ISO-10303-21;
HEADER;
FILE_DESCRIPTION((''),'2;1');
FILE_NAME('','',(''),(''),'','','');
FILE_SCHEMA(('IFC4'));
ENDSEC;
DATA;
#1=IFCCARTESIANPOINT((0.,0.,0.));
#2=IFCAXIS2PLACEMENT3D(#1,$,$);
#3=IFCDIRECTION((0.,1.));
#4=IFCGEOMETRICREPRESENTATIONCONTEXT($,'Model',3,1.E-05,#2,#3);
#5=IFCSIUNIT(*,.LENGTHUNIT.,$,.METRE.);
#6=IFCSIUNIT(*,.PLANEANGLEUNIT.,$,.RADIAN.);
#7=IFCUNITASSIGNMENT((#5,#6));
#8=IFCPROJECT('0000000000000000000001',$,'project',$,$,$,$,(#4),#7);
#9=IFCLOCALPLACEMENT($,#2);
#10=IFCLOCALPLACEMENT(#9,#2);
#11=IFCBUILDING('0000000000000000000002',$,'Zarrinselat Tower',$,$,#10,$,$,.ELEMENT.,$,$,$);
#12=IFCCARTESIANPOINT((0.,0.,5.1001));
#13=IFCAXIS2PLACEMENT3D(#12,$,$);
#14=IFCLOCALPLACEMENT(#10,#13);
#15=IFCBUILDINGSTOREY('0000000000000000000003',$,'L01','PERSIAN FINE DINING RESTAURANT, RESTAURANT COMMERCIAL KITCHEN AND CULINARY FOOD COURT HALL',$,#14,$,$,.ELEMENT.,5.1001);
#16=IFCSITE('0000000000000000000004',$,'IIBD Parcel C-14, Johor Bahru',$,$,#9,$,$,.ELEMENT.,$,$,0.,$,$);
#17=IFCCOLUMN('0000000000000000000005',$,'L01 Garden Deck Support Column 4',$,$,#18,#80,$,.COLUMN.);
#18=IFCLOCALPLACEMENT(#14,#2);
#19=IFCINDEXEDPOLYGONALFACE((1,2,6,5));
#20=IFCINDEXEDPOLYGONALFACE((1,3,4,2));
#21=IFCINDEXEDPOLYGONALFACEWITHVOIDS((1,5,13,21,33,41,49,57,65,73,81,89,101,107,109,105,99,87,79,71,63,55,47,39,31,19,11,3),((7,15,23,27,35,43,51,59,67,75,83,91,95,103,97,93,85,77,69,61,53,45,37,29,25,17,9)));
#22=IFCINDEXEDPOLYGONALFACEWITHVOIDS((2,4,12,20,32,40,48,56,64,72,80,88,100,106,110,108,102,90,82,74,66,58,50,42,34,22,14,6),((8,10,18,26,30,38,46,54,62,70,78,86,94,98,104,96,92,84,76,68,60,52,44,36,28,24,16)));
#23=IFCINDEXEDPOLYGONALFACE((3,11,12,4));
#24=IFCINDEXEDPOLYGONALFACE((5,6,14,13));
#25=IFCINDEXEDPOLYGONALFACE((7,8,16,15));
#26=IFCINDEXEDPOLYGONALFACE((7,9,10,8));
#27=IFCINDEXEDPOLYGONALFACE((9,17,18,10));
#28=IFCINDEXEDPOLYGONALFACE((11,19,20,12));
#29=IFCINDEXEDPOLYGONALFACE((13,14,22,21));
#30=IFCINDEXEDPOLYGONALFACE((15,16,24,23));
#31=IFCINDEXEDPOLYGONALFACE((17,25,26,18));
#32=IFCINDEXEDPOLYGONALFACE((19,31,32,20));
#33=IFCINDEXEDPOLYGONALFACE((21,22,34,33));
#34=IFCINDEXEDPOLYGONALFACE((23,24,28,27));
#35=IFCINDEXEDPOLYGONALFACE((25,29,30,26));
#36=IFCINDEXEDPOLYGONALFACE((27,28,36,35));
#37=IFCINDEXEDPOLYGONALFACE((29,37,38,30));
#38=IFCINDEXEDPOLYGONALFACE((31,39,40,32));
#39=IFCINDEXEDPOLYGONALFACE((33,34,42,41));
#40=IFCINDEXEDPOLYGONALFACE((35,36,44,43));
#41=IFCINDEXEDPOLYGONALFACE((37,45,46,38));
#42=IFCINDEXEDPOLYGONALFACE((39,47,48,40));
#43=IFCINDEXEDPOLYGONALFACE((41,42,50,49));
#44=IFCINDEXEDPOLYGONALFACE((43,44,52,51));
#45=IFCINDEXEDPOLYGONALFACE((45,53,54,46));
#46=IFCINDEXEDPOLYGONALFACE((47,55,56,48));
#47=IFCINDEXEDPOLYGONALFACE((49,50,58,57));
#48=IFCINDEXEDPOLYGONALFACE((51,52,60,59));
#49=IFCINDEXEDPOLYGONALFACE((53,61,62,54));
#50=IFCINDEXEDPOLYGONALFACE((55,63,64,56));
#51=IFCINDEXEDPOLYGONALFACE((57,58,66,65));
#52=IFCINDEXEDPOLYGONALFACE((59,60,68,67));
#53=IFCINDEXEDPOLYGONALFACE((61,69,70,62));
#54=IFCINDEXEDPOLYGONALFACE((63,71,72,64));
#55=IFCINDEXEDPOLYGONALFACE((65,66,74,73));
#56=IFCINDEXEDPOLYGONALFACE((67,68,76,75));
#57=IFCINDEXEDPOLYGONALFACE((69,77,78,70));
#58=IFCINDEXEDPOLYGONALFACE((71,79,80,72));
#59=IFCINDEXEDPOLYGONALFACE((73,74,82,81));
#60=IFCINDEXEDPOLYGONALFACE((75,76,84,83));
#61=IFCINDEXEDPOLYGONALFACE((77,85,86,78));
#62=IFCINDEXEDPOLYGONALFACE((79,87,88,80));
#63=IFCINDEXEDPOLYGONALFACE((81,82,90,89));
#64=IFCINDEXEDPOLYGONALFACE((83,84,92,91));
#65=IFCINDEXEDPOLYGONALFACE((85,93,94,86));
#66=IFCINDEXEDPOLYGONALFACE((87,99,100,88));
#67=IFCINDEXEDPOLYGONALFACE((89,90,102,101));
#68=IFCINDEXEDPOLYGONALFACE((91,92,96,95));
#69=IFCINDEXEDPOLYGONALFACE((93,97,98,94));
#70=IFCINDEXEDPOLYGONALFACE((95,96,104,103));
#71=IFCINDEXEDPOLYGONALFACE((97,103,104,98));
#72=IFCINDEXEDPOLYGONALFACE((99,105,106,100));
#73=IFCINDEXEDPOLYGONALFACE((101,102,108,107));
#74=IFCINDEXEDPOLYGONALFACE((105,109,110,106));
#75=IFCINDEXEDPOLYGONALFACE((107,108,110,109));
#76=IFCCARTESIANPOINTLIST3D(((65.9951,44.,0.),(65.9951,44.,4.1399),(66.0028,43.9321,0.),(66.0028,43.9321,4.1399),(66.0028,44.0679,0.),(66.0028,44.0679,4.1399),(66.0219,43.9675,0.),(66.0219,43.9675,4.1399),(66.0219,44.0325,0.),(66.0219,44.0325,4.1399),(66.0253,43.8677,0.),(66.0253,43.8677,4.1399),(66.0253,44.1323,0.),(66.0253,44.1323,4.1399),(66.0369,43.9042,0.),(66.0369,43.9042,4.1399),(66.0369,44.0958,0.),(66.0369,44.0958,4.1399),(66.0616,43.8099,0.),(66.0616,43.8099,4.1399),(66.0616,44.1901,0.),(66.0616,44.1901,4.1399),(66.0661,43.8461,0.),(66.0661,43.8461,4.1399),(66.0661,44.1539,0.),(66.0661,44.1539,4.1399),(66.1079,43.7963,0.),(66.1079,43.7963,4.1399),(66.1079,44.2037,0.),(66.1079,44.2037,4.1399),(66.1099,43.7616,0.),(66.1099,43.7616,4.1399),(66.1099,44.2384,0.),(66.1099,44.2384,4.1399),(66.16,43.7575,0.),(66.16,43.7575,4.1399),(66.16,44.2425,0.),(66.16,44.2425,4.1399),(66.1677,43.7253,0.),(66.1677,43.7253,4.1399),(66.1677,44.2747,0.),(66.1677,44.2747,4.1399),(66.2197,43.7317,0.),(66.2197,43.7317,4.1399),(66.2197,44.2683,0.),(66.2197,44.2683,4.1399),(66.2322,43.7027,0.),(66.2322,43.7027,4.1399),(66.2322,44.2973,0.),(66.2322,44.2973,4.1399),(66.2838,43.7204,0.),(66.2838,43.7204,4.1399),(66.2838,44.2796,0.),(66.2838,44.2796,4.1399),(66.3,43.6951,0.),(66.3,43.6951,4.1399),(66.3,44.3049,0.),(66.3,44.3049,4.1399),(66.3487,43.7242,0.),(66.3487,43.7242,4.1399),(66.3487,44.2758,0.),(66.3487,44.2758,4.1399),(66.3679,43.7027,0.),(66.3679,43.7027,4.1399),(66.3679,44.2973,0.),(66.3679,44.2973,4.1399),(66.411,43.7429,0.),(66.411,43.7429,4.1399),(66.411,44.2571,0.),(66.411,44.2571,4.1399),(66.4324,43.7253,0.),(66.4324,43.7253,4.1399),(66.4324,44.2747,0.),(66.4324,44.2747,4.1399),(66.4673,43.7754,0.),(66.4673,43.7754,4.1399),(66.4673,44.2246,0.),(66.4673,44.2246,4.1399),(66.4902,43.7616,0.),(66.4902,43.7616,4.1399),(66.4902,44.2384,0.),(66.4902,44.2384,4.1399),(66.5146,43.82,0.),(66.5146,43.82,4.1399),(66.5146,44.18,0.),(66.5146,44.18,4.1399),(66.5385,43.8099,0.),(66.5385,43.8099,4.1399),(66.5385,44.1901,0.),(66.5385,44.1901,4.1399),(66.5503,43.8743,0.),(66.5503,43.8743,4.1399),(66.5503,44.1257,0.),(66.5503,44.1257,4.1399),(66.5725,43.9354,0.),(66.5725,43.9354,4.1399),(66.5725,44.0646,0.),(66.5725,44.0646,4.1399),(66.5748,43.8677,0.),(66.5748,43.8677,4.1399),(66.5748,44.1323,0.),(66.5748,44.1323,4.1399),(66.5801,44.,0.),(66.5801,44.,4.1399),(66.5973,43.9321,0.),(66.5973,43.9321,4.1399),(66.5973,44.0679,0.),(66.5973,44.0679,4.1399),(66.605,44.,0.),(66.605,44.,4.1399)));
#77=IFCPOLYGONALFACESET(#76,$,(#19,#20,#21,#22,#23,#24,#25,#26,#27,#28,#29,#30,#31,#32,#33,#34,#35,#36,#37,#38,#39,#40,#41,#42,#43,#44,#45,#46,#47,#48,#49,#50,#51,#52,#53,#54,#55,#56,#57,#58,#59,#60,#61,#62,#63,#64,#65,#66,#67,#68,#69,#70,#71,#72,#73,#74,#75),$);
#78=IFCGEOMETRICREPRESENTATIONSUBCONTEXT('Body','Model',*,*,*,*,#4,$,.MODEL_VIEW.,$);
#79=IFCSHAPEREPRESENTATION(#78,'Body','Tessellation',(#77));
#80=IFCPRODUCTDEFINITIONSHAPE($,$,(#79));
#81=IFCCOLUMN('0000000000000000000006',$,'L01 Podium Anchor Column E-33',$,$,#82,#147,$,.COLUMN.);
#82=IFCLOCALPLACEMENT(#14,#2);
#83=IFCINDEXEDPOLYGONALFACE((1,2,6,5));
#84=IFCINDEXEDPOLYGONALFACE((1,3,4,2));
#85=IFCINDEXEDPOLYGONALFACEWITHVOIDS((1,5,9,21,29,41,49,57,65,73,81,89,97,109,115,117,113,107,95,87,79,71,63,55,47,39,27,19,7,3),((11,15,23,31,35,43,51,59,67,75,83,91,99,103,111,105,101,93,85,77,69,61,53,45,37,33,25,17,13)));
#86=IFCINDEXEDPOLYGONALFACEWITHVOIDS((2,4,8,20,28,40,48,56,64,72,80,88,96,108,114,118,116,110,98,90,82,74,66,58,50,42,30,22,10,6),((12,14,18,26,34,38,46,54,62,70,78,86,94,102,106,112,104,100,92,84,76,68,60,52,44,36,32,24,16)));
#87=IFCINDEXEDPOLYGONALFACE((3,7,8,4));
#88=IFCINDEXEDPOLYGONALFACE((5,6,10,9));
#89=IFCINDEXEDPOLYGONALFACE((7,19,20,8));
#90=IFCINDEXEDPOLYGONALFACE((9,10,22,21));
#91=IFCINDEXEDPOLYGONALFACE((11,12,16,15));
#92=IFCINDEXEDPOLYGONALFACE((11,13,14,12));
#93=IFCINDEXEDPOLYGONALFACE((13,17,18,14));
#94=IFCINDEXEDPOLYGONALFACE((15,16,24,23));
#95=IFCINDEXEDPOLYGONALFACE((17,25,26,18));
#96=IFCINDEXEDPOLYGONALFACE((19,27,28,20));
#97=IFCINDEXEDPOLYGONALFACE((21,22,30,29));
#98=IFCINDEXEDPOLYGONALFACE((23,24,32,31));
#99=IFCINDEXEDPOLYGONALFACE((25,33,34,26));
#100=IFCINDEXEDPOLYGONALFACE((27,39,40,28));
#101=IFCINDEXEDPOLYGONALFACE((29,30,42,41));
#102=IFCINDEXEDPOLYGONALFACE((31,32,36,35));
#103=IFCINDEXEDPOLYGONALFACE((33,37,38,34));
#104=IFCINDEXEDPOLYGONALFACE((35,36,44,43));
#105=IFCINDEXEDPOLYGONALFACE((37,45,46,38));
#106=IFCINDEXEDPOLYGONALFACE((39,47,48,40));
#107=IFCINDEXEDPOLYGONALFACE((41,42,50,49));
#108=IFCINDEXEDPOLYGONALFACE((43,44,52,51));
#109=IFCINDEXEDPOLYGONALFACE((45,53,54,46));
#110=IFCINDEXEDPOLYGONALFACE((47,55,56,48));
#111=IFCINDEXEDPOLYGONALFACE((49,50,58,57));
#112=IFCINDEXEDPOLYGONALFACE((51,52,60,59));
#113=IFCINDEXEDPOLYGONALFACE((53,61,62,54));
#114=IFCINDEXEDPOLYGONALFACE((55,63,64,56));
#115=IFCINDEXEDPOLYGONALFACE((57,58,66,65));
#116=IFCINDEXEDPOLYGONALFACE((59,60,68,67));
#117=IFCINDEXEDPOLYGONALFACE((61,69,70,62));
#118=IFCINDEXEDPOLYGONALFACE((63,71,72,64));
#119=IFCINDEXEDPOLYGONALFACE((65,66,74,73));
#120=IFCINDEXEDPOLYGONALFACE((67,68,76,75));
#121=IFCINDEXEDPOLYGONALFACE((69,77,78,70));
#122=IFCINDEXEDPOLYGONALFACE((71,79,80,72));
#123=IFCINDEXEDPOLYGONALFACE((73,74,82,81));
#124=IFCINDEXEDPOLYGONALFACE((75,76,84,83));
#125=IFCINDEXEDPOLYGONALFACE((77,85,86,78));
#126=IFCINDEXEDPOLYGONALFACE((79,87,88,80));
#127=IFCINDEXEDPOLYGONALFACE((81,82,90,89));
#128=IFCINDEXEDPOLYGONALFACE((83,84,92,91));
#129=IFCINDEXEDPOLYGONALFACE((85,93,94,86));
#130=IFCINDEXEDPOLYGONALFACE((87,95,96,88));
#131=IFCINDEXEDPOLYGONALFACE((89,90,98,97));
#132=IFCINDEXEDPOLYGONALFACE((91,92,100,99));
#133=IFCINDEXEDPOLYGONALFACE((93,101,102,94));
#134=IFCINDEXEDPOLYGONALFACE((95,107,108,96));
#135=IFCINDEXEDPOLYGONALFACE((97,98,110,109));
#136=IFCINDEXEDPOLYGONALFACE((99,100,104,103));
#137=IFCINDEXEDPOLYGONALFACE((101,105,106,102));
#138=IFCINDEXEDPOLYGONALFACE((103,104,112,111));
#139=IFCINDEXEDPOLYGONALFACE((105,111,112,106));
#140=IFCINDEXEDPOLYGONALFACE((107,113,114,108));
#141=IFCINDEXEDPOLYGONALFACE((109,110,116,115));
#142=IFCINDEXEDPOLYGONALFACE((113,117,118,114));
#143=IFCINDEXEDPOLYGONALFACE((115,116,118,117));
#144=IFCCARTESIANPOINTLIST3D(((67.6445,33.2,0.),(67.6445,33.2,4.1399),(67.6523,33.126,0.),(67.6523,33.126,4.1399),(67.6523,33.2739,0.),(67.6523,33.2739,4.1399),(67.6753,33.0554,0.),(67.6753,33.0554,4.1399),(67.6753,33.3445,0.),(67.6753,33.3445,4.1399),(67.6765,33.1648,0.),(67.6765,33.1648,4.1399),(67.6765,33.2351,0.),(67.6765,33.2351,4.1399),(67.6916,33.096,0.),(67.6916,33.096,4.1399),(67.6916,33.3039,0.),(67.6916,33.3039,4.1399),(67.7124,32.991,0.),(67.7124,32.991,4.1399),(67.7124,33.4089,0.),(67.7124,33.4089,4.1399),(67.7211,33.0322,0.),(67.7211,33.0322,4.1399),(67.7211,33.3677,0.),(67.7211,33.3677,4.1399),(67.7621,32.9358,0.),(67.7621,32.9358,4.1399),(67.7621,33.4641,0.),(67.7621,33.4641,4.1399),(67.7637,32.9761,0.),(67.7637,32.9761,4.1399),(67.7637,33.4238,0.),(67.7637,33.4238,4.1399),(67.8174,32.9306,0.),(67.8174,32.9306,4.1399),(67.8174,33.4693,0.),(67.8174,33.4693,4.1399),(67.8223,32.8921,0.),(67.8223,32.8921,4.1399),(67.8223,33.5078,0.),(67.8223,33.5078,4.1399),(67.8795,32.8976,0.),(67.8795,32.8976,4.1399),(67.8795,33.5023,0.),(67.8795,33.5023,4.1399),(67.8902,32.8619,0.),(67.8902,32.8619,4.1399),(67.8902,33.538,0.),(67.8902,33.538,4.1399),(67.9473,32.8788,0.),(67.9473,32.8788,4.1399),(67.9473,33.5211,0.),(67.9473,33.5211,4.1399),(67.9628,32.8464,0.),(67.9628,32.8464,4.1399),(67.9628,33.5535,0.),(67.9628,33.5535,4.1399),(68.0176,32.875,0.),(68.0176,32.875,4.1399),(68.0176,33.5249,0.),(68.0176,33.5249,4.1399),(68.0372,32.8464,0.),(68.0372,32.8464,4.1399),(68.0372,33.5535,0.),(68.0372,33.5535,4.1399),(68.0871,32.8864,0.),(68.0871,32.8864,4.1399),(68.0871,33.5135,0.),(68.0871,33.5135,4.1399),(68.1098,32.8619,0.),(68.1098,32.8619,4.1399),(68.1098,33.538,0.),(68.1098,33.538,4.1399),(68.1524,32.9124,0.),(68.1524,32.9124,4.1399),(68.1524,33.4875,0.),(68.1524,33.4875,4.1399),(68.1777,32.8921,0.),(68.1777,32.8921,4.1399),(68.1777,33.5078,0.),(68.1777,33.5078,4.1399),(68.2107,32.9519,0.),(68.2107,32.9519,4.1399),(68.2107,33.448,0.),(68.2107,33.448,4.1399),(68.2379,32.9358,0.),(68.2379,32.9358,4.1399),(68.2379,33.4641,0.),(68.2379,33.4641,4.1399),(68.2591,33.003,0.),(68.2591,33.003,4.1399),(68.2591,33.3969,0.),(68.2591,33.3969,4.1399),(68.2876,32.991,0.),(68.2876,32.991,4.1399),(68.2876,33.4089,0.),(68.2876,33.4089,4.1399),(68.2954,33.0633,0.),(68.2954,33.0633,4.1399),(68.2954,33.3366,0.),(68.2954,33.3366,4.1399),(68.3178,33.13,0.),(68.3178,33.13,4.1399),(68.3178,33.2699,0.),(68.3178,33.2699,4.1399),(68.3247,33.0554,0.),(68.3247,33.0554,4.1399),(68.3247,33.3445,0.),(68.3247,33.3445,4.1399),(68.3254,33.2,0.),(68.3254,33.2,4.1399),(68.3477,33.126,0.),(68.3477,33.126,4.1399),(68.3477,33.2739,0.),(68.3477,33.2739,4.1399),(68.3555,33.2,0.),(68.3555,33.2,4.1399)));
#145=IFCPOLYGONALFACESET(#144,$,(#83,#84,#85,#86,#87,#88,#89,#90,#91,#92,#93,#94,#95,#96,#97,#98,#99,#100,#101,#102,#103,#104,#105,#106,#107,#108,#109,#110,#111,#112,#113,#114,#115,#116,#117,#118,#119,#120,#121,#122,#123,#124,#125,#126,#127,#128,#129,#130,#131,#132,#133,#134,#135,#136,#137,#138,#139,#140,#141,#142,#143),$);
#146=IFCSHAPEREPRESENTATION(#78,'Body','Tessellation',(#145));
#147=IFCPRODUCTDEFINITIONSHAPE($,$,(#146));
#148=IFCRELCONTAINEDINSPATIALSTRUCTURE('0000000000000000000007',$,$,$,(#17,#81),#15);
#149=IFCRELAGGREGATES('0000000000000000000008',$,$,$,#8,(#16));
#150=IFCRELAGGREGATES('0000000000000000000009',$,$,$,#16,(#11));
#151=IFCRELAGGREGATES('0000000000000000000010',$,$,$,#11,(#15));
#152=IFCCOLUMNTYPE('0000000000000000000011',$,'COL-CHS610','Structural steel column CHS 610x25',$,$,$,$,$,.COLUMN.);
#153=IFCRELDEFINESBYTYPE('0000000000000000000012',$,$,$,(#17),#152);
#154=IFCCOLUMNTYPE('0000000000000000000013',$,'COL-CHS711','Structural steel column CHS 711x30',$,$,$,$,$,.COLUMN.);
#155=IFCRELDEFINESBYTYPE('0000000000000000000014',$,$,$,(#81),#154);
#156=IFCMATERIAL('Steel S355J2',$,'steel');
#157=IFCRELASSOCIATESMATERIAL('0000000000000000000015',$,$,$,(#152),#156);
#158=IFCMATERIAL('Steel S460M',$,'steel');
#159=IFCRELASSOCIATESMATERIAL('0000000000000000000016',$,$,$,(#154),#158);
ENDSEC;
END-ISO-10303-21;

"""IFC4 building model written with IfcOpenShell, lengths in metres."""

from ifc_helpers import new_model, si_unit, direction, frame, origin, origin_2d, place, context, subcontext, project, spatial, hollow_circle, extrude, material, material_profile, profile_set, type_object, element, save


model = new_model("IFC4")

# Units and contexts
model_context = context("Model", 3, precision=1e-05, world=origin(), true_north=direction((0.0, 1.0)))
body_context = subcontext(model_context, "Body", "Model", "MODEL_VIEW")
ifc_project = project(units=[si_unit("LENGTHUNIT", "METRE"), si_unit("PLANEANGLEUNIT", "RADIAN")], contexts=[model_context])

# Site, building, storey
site_placement = place(None, origin())
site = spatial("IfcSite", under=ifc_project, at=site_placement, Name="IIBD Parcel C-14, Johor Bahru", CompositionType="ELEMENT", RefElevation=0.0)
building_placement = place(site_placement, origin())
building = spatial("IfcBuilding", under=site, at=building_placement, Name="Zarrinselat Tower", CompositionType="ELEMENT")
storey_placement = place(building_placement, frame((0.0, 0.0, 5.1001)))
storey = spatial("IfcBuildingStorey", under=building, at=storey_placement, Name="L01", Description="PERSIAN FINE DINING RESTAURANT, RESTAURANT COMMERCIAL KITCHEN AND CULINARY FOOD COURT HALL", CompositionType="ELEMENT", Elevation=5.1001)

# Columns
ifc_material_1 = material(Name="Steel S355J2", Category="steel")
ifc_material_profile_1 = material_profile(ifc_material_1, hollow_circle(Radius=0.3049, WallThickness=0.0249, at=origin_2d()), Name="CHS 610x25")
ifc_profile_set_1 = profile_set([ifc_material_profile_1], Name="Steel S355J2")
column_type_1 = type_object("IfcColumnType", Name="COL-CHS610", Description="Structural steel column CHS 610x25", PredefinedType="COLUMN", material=ifc_profile_set_1)
column_1_placement = place(storey_placement, frame((66.3, 44.0, 0.0), z_axis=(0.0, 0.0, 1.0), x_axis=(1.0, 0.0, 0.0)))
element("IfcColumn", 1, at=column_1_placement, inside=storey, type_object=column_type_1, Name="L01 Garden Deck Support Column 4", PredefinedType="COLUMN", context=body_context, shape_type="SweptSolid", body=[
    extrude(hollow_circle(Radius=0.3049, WallThickness=0.0249, at=origin_2d()), origin(), (0.0, 0.0, 1.0), 4.1399),
])
ifc_material_2 = material(Name="Steel S460M", Category="steel")
ifc_material_profile_2 = material_profile(ifc_material_2, hollow_circle(Radius=0.3555, WallThickness=0.03, at=origin_2d()), Name="CHS 711x30")
ifc_profile_set_2 = profile_set([ifc_material_profile_2], Name="Steel S460M")
column_type_2 = type_object("IfcColumnType", Name="COL-CHS711", Description="Structural steel column CHS 711x30", PredefinedType="COLUMN", material=ifc_profile_set_2)
for number, where, z_axis, x_axis, name in (
    (2, (68.0, 33.2, 0.0), (0.0, 0.0, 1.0), (1.0, 0.0, 0.0), "L01 Podium Anchor Column E-33"),
):
    element("IfcColumn", number, at=place(storey_placement, frame(where, z_axis=z_axis, x_axis=x_axis)), inside=storey, type_object=column_type_2, Name=name, PredefinedType="COLUMN", context=body_context, shape_type="SweptSolid", body=[
        extrude(hollow_circle(Radius=0.3555, WallThickness=0.03, at=origin_2d()), origin(), (0.0, 0.0, 1.0), 4.1399),
    ])

save(model, "model.ifc")
